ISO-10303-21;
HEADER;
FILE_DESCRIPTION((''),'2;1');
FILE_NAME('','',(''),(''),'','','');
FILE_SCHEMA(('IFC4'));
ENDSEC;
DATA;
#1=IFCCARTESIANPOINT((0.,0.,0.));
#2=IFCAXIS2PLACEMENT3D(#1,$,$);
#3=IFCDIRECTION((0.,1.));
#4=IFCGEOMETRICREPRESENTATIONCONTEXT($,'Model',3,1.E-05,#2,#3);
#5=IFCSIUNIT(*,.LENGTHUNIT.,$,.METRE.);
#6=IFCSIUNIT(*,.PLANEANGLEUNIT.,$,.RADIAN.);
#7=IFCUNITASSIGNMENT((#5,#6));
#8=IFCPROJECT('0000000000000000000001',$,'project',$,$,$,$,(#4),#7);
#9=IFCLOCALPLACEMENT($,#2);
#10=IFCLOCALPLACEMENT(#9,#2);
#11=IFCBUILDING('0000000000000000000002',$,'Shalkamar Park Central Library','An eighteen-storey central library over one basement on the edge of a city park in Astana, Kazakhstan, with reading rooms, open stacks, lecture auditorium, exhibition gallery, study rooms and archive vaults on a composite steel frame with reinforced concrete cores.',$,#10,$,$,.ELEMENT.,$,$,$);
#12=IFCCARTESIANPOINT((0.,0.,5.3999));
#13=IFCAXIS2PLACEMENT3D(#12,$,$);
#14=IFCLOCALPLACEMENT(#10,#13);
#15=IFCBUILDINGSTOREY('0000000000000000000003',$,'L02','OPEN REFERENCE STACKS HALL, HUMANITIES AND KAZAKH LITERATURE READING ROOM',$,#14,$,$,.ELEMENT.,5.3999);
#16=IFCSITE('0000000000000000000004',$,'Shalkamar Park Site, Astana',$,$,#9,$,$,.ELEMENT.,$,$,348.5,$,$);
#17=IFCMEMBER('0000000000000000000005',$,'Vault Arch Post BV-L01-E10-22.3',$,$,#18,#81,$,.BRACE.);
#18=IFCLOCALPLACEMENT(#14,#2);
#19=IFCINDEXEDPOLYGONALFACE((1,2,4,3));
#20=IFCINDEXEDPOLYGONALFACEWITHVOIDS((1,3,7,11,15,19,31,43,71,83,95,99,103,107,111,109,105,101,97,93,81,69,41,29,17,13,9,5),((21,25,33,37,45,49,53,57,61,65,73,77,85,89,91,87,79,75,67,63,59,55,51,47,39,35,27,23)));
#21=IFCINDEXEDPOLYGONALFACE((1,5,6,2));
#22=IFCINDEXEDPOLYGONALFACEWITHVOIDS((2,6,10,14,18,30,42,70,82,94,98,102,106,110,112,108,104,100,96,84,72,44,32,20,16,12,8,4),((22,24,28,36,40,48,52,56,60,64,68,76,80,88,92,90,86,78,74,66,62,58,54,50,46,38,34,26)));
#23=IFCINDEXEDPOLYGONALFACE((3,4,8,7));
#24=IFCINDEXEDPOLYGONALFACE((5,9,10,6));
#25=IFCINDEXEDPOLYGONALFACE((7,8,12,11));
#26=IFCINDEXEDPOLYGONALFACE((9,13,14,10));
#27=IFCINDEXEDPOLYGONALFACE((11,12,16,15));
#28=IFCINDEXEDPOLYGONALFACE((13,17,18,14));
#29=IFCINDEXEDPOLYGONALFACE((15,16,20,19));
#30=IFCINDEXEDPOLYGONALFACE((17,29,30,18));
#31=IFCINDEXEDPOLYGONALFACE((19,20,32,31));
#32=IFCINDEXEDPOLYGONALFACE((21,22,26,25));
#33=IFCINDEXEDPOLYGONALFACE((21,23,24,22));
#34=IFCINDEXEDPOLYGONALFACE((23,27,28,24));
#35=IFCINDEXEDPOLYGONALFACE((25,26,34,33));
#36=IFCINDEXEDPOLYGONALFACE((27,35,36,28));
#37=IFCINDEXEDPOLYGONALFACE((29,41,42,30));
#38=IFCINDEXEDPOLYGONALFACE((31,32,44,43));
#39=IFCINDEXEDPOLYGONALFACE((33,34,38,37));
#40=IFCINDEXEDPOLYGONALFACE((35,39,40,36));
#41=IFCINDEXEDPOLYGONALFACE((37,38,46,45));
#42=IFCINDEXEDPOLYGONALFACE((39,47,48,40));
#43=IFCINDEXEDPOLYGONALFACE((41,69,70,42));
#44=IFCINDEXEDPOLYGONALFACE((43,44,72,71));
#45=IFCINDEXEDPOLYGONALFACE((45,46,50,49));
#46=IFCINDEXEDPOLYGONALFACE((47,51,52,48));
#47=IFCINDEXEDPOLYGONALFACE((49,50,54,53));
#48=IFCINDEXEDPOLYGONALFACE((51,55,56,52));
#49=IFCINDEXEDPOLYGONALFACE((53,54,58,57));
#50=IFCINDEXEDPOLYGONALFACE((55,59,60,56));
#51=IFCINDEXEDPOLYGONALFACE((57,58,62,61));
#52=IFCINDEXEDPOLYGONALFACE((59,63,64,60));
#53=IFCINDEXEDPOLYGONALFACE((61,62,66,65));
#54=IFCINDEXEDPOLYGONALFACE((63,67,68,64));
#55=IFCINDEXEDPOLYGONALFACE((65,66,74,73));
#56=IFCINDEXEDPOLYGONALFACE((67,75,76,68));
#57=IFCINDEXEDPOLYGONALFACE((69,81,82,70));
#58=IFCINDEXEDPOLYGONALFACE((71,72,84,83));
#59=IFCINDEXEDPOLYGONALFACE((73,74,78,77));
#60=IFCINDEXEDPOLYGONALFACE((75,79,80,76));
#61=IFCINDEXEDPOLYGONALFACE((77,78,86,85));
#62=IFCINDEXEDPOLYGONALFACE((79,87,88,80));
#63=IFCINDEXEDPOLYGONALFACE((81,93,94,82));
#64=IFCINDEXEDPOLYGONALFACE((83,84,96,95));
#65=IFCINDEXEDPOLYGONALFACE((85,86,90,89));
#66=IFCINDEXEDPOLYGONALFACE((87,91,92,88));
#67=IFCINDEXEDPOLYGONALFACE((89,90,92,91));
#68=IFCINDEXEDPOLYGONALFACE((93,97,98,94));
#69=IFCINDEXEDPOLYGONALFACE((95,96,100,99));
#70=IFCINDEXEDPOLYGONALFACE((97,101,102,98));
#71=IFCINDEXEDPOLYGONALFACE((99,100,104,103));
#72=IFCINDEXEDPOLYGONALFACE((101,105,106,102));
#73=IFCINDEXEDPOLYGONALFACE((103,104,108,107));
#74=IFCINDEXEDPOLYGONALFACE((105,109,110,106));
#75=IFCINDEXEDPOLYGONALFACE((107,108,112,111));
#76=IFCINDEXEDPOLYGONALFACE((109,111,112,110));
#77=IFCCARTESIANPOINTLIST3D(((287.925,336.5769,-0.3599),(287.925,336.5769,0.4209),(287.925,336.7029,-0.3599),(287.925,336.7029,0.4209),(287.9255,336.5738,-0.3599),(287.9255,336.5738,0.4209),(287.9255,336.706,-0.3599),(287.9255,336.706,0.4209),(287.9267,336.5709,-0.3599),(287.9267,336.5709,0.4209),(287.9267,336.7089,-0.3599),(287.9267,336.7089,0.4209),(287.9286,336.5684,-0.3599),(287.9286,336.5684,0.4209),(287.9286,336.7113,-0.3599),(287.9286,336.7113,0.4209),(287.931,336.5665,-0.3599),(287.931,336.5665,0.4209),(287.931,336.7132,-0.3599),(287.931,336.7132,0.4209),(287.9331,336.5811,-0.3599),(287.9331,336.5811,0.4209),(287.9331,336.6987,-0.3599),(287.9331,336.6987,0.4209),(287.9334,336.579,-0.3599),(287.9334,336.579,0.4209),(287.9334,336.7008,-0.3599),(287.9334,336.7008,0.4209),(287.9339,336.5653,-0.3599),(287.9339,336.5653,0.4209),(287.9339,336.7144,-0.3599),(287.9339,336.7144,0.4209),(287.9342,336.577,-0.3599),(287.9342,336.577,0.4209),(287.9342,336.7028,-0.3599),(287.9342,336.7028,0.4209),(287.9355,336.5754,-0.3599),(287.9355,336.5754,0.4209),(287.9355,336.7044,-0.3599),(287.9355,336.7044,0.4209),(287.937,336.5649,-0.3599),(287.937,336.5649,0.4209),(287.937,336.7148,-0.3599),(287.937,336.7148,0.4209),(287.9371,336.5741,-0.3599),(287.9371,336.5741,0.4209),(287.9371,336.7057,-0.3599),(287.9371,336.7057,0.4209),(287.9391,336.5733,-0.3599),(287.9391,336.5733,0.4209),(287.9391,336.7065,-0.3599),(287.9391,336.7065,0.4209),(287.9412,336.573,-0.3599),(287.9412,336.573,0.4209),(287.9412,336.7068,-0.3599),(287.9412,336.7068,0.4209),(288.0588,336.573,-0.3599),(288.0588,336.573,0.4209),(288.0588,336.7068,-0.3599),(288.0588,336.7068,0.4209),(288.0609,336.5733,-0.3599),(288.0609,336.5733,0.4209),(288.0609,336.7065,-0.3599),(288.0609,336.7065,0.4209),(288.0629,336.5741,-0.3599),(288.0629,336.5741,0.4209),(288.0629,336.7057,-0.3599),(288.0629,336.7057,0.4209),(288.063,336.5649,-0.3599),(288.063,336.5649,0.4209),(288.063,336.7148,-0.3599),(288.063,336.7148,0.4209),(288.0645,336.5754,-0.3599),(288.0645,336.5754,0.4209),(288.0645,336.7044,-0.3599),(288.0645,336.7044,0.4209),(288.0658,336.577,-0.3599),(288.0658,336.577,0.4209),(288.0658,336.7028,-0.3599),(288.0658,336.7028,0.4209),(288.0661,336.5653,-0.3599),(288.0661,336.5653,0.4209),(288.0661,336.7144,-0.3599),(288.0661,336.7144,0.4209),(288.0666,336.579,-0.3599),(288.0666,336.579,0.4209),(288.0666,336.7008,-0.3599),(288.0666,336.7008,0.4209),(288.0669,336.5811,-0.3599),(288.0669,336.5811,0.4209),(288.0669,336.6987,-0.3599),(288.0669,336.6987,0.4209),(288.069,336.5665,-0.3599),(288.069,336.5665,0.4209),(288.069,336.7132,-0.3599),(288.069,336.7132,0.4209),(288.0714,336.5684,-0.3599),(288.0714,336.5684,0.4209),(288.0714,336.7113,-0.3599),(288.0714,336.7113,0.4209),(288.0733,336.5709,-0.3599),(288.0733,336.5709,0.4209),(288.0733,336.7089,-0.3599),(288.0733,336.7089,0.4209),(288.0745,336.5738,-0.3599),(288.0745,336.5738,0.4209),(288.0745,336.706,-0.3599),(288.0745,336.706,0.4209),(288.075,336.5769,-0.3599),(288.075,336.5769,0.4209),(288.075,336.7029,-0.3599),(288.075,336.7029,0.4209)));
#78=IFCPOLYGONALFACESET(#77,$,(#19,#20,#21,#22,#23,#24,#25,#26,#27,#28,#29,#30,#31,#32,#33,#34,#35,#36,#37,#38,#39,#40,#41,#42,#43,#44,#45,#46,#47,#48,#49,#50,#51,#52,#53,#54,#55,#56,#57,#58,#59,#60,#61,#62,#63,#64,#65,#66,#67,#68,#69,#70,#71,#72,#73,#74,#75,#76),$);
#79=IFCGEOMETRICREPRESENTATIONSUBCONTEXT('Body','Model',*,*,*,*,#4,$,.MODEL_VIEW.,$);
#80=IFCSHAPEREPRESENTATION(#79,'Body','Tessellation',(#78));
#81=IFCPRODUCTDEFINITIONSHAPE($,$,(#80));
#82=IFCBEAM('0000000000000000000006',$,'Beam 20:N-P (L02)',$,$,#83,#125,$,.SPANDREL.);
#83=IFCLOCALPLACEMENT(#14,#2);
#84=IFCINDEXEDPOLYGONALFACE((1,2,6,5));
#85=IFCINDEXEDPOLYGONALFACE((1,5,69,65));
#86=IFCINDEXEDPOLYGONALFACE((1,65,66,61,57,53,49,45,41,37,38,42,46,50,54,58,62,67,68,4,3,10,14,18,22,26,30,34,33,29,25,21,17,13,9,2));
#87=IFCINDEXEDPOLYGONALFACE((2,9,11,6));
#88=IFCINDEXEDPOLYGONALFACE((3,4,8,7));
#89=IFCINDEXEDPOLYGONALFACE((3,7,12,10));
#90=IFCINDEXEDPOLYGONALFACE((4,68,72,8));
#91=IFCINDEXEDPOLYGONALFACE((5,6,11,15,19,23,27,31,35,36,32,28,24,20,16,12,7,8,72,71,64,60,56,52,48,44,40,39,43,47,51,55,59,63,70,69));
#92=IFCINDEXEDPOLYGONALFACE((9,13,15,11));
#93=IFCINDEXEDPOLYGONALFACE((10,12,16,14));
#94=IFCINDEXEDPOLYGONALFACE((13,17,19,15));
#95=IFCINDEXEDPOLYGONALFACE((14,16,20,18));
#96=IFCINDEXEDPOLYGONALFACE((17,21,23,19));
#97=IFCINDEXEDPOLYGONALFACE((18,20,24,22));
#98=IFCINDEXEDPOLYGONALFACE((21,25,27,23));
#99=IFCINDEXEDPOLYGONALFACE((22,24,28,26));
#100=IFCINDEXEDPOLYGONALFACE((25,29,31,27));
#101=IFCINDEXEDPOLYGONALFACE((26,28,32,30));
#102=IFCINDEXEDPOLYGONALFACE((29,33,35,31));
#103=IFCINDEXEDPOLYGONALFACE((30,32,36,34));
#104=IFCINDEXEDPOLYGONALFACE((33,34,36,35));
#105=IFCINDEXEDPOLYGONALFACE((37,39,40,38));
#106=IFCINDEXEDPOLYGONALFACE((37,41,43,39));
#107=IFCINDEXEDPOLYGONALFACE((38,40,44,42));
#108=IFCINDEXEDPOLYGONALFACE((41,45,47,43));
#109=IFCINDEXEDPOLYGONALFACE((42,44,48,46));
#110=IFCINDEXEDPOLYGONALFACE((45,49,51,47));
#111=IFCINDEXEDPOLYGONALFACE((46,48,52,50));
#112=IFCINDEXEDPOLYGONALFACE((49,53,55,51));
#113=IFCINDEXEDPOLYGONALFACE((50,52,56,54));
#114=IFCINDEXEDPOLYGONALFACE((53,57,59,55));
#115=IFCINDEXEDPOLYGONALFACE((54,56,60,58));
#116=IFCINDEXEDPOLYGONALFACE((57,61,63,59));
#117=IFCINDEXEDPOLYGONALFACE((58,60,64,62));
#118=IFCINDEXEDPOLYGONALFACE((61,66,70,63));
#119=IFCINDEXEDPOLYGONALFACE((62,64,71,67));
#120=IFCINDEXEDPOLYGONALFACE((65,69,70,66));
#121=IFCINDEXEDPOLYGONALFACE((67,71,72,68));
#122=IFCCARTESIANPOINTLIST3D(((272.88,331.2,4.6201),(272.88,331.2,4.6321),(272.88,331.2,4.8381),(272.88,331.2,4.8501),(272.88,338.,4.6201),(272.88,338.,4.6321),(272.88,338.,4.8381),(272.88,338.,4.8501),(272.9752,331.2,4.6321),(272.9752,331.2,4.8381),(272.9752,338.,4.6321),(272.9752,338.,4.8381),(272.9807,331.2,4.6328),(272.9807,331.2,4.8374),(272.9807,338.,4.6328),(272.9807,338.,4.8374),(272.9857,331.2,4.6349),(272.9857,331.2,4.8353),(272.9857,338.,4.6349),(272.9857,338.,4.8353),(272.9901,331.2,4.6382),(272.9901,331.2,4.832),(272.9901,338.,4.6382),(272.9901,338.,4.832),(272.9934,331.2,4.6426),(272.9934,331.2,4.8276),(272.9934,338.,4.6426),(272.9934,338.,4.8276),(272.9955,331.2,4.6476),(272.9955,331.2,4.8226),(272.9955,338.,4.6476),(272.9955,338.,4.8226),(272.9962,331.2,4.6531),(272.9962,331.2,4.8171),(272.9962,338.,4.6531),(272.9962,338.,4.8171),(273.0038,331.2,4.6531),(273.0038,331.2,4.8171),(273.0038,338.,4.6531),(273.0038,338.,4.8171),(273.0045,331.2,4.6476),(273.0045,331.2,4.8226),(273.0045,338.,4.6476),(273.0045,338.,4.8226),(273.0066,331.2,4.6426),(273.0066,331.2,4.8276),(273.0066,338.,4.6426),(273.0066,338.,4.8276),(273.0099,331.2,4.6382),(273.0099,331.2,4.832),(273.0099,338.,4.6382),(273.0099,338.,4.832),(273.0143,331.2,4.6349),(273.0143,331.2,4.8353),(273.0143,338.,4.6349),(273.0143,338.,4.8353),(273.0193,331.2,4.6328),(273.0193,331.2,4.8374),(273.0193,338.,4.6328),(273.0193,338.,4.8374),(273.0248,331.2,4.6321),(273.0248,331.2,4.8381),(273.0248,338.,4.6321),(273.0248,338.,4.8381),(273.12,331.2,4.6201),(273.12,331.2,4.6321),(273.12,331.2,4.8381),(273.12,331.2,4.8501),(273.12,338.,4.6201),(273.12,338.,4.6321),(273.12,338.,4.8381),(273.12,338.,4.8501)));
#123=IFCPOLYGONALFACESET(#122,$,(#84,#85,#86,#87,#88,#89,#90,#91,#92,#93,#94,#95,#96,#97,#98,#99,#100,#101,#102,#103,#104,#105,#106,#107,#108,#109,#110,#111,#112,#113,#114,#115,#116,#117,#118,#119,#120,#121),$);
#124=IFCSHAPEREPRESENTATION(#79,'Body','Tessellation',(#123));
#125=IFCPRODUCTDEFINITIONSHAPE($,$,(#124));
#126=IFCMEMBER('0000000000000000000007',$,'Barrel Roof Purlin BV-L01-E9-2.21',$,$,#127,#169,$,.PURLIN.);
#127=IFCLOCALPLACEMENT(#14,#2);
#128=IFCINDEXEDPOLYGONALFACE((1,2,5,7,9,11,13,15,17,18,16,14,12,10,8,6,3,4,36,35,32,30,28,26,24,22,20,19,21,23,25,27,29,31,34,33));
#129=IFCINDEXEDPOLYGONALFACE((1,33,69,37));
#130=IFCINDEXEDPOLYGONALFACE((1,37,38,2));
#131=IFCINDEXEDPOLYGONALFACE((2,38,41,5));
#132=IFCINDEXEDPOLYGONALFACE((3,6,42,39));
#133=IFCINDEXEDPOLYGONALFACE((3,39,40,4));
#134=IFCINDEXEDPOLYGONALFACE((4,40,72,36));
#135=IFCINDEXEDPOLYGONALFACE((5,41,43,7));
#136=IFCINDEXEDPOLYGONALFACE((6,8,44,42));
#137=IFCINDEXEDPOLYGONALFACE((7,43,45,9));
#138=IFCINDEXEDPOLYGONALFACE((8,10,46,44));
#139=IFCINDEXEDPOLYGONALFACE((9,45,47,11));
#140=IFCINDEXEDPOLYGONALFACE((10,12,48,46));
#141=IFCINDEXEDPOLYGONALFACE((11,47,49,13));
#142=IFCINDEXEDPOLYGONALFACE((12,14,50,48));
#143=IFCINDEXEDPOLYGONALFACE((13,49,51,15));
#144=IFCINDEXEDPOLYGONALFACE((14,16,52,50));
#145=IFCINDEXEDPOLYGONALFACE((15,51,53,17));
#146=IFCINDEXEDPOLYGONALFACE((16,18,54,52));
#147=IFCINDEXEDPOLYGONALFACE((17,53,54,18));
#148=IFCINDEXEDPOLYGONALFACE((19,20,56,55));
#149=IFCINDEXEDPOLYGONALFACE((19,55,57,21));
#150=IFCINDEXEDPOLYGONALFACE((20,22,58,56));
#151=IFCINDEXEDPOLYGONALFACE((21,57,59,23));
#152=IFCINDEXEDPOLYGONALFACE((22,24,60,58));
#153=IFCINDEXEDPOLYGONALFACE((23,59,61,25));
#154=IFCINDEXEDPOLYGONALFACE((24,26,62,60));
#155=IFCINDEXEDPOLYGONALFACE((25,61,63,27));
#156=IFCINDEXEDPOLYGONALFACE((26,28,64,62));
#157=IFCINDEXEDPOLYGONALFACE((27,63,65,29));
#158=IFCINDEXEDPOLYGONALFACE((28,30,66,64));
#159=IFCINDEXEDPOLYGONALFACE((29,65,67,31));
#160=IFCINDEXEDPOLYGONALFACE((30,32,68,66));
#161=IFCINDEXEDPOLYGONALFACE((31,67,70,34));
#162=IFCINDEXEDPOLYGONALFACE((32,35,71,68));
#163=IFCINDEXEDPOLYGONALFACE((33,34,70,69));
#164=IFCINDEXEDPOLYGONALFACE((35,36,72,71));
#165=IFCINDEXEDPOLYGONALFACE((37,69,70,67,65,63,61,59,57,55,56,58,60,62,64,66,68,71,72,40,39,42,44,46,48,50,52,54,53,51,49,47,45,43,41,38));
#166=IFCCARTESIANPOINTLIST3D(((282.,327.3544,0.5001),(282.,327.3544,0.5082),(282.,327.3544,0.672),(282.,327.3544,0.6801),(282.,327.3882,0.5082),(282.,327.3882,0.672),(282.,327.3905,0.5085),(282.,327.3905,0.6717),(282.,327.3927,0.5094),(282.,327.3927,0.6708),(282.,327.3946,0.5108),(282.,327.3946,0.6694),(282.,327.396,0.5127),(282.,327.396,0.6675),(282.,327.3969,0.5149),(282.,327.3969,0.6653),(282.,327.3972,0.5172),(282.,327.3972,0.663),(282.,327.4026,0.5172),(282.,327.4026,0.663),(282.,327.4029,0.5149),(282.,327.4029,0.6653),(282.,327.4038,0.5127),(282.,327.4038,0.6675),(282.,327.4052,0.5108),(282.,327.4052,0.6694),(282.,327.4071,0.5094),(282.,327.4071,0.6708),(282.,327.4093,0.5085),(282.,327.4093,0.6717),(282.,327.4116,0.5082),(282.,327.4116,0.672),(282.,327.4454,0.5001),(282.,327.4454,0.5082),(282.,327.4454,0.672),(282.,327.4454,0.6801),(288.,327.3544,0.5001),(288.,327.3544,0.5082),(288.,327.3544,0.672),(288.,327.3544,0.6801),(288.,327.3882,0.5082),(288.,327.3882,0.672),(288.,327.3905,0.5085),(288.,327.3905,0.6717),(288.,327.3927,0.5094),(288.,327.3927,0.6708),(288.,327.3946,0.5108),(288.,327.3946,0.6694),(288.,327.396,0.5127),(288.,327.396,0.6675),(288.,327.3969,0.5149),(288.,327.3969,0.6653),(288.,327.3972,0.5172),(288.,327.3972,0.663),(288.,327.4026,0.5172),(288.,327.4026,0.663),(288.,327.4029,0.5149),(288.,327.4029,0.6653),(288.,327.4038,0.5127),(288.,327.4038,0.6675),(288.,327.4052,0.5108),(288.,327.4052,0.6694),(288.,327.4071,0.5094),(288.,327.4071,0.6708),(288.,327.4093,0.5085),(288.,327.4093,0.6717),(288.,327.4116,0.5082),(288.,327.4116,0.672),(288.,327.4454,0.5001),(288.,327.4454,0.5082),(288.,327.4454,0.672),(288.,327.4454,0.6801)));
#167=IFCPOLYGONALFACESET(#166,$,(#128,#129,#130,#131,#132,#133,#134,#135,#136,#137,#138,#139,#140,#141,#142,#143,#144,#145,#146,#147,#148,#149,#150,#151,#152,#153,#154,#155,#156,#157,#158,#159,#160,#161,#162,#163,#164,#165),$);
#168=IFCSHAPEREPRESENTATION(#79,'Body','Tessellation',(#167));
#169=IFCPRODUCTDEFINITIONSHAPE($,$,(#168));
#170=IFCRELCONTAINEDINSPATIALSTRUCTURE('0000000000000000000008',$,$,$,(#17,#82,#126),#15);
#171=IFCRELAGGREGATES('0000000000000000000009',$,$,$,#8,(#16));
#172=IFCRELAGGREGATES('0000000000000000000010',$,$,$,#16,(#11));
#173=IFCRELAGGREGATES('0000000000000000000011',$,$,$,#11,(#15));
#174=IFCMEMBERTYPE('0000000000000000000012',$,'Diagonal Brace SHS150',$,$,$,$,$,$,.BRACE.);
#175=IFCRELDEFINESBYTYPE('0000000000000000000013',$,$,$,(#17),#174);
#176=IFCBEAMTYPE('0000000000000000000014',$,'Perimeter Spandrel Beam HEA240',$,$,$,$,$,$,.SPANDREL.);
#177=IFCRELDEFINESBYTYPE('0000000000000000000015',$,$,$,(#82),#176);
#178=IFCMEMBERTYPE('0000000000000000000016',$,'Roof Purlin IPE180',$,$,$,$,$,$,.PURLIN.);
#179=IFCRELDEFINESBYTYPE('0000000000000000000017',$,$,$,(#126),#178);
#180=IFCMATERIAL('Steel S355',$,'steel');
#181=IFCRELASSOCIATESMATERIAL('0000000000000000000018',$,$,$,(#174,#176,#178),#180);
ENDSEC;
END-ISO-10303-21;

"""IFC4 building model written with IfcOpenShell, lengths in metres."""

from ifc_helpers import new_model, si_unit, direction, frame, origin, origin_2d, place, context, subcontext, project, spatial, hollow_rectangle, i_section, extrude, material, material_profile, profile_set, type_object, element, save


model = new_model("IFC4")

# Units and contexts
model_context = context("Model", 3, precision=1e-05, world=origin(), true_north=direction((0.0, 1.0)))
body_context = subcontext(model_context, "Body", "Model", "MODEL_VIEW")
ifc_project = project(units=[si_unit("LENGTHUNIT", "METRE"), si_unit("PLANEANGLEUNIT", "RADIAN")], contexts=[model_context])

# Site, building, storey
site_placement = place(None, origin())
site = spatial("IfcSite", under=ifc_project, at=site_placement, Name="Shalkamar Park Site, Astana", CompositionType="ELEMENT", RefElevation=348.5)
building_placement = place(site_placement, origin())
building = spatial("IfcBuilding", under=site, at=building_placement, Name="Shalkamar Park Central Library", Description="An eighteen-storey central library over one basement on the edge of a city park in Astana, Kazakhstan, with reading rooms, open stacks, lecture auditorium, exhibition gallery, study rooms and archive vaults on a composite steel frame with reinforced concrete cores.", CompositionType="ELEMENT")
storey_placement = place(building_placement, frame((0.0, 0.0, 5.3999)))
storey = spatial("IfcBuildingStorey", under=building, at=storey_placement, Name="L02", Description="OPEN REFERENCE STACKS HALL, HUMANITIES AND KAZAKH LITERATURE READING ROOM", CompositionType="ELEMENT", Elevation=5.3999)

# Shared definitions
ifc_material_1 = material(Name="Steel S355", Category="steel")

# Member
ifc_material_profile_1 = material_profile(ifc_material_1, hollow_rectangle(XDim=0.1499, YDim=0.1499, WallThickness=0.0081, InnerFilletRadius=0.0081, OuterFilletRadius=0.012, at=origin_2d()), Name="SHS 150x150x8")
ifc_profile_set_1 = profile_set([ifc_material_profile_1], Name="Steel S355")
member_type_1 = type_object("IfcMemberType", Name="Diagonal Brace SHS150", PredefinedType="BRACE", material=ifc_profile_set_1)
member_1_placement = place(storey_placement, frame((288.0, 336.6399, -0.3599), z_axis=(0.0, 0.0, 1.0), x_axis=(1.0, 0.0, 0.0)))
element("IfcMember", 1, at=member_1_placement, inside=storey, type_object=member_type_1, Name="Vault Arch Post BV-L01-E10-22.3", PredefinedType="BRACE", context=body_context, shape_type="SweptSolid", body=[
    extrude(hollow_rectangle(XDim=0.1499, YDim=0.1499, WallThickness=0.0081, InnerFilletRadius=0.0081, OuterFilletRadius=0.012, at=origin_2d()), origin(), (0.0, 0.0, 1.0), 0.7808),
])

# Beam
ifc_material_profile_2 = material_profile(ifc_material_1, i_section(OverallWidth=0.24, OverallDepth=0.23, WebThickness=0.0076, FlangeThickness=0.012, FilletRadius=0.021, at=origin_2d()), Name="HEA 240")
ifc_profile_set_2 = profile_set([ifc_material_profile_2], Name="Steel S355")
beam_type = type_object("IfcBeamType", Name="Perimeter Spandrel Beam HEA240", PredefinedType="SPANDREL", material=ifc_profile_set_2)
beam_placement = place(storey_placement, frame((273.0, 331.2, 4.7351), z_axis=(0.0, 1.0, 0.0), x_axis=(-1.0, 0.0, 0.0)))
element("IfcBeam", 2, at=beam_placement, inside=storey, type_object=beam_type, Name="Beam 20:N-P (L02)", PredefinedType="SPANDREL", context=body_context, shape_type="SweptSolid", body=[
    extrude(i_section(OverallWidth=0.24, OverallDepth=0.23, WebThickness=0.0076, FlangeThickness=0.012, FilletRadius=0.021, at=origin_2d()), origin(), (0.0, 0.0, 1.0), 6.8),
])

# Member
ifc_material_profile_3 = material_profile(ifc_material_1, i_section(OverallWidth=0.0911, OverallDepth=0.1799, WebThickness=0.0054, FlangeThickness=0.0081, FilletRadius=0.009, at=origin_2d()), Name="IPE 180")
ifc_profile_set_3 = profile_set([ifc_material_profile_3], Name="Steel S355")
member_type_2 = type_object("IfcMemberType", Name="Roof Purlin IPE180", PredefinedType="PURLIN", material=ifc_profile_set_3)
member_2_placement = place(storey_placement, frame((282.0, 327.3999, 0.5901), z_axis=(1.0, 0.0, 0.0), x_axis=(0.0, 1.0, 0.0)))
element("IfcMember", 3, at=member_2_placement, inside=storey, type_object=member_type_2, Name="Barrel Roof Purlin BV-L01-E9-2.21", PredefinedType="PURLIN", context=body_context, shape_type="SweptSolid", body=[
    extrude(i_section(OverallWidth=0.0911, OverallDepth=0.1799, WebThickness=0.0054, FlangeThickness=0.0081, FilletRadius=0.009, at=origin_2d()), origin(), (0.0, 0.0, 1.0), 6.0),
])

save(model, "model.ifc")
